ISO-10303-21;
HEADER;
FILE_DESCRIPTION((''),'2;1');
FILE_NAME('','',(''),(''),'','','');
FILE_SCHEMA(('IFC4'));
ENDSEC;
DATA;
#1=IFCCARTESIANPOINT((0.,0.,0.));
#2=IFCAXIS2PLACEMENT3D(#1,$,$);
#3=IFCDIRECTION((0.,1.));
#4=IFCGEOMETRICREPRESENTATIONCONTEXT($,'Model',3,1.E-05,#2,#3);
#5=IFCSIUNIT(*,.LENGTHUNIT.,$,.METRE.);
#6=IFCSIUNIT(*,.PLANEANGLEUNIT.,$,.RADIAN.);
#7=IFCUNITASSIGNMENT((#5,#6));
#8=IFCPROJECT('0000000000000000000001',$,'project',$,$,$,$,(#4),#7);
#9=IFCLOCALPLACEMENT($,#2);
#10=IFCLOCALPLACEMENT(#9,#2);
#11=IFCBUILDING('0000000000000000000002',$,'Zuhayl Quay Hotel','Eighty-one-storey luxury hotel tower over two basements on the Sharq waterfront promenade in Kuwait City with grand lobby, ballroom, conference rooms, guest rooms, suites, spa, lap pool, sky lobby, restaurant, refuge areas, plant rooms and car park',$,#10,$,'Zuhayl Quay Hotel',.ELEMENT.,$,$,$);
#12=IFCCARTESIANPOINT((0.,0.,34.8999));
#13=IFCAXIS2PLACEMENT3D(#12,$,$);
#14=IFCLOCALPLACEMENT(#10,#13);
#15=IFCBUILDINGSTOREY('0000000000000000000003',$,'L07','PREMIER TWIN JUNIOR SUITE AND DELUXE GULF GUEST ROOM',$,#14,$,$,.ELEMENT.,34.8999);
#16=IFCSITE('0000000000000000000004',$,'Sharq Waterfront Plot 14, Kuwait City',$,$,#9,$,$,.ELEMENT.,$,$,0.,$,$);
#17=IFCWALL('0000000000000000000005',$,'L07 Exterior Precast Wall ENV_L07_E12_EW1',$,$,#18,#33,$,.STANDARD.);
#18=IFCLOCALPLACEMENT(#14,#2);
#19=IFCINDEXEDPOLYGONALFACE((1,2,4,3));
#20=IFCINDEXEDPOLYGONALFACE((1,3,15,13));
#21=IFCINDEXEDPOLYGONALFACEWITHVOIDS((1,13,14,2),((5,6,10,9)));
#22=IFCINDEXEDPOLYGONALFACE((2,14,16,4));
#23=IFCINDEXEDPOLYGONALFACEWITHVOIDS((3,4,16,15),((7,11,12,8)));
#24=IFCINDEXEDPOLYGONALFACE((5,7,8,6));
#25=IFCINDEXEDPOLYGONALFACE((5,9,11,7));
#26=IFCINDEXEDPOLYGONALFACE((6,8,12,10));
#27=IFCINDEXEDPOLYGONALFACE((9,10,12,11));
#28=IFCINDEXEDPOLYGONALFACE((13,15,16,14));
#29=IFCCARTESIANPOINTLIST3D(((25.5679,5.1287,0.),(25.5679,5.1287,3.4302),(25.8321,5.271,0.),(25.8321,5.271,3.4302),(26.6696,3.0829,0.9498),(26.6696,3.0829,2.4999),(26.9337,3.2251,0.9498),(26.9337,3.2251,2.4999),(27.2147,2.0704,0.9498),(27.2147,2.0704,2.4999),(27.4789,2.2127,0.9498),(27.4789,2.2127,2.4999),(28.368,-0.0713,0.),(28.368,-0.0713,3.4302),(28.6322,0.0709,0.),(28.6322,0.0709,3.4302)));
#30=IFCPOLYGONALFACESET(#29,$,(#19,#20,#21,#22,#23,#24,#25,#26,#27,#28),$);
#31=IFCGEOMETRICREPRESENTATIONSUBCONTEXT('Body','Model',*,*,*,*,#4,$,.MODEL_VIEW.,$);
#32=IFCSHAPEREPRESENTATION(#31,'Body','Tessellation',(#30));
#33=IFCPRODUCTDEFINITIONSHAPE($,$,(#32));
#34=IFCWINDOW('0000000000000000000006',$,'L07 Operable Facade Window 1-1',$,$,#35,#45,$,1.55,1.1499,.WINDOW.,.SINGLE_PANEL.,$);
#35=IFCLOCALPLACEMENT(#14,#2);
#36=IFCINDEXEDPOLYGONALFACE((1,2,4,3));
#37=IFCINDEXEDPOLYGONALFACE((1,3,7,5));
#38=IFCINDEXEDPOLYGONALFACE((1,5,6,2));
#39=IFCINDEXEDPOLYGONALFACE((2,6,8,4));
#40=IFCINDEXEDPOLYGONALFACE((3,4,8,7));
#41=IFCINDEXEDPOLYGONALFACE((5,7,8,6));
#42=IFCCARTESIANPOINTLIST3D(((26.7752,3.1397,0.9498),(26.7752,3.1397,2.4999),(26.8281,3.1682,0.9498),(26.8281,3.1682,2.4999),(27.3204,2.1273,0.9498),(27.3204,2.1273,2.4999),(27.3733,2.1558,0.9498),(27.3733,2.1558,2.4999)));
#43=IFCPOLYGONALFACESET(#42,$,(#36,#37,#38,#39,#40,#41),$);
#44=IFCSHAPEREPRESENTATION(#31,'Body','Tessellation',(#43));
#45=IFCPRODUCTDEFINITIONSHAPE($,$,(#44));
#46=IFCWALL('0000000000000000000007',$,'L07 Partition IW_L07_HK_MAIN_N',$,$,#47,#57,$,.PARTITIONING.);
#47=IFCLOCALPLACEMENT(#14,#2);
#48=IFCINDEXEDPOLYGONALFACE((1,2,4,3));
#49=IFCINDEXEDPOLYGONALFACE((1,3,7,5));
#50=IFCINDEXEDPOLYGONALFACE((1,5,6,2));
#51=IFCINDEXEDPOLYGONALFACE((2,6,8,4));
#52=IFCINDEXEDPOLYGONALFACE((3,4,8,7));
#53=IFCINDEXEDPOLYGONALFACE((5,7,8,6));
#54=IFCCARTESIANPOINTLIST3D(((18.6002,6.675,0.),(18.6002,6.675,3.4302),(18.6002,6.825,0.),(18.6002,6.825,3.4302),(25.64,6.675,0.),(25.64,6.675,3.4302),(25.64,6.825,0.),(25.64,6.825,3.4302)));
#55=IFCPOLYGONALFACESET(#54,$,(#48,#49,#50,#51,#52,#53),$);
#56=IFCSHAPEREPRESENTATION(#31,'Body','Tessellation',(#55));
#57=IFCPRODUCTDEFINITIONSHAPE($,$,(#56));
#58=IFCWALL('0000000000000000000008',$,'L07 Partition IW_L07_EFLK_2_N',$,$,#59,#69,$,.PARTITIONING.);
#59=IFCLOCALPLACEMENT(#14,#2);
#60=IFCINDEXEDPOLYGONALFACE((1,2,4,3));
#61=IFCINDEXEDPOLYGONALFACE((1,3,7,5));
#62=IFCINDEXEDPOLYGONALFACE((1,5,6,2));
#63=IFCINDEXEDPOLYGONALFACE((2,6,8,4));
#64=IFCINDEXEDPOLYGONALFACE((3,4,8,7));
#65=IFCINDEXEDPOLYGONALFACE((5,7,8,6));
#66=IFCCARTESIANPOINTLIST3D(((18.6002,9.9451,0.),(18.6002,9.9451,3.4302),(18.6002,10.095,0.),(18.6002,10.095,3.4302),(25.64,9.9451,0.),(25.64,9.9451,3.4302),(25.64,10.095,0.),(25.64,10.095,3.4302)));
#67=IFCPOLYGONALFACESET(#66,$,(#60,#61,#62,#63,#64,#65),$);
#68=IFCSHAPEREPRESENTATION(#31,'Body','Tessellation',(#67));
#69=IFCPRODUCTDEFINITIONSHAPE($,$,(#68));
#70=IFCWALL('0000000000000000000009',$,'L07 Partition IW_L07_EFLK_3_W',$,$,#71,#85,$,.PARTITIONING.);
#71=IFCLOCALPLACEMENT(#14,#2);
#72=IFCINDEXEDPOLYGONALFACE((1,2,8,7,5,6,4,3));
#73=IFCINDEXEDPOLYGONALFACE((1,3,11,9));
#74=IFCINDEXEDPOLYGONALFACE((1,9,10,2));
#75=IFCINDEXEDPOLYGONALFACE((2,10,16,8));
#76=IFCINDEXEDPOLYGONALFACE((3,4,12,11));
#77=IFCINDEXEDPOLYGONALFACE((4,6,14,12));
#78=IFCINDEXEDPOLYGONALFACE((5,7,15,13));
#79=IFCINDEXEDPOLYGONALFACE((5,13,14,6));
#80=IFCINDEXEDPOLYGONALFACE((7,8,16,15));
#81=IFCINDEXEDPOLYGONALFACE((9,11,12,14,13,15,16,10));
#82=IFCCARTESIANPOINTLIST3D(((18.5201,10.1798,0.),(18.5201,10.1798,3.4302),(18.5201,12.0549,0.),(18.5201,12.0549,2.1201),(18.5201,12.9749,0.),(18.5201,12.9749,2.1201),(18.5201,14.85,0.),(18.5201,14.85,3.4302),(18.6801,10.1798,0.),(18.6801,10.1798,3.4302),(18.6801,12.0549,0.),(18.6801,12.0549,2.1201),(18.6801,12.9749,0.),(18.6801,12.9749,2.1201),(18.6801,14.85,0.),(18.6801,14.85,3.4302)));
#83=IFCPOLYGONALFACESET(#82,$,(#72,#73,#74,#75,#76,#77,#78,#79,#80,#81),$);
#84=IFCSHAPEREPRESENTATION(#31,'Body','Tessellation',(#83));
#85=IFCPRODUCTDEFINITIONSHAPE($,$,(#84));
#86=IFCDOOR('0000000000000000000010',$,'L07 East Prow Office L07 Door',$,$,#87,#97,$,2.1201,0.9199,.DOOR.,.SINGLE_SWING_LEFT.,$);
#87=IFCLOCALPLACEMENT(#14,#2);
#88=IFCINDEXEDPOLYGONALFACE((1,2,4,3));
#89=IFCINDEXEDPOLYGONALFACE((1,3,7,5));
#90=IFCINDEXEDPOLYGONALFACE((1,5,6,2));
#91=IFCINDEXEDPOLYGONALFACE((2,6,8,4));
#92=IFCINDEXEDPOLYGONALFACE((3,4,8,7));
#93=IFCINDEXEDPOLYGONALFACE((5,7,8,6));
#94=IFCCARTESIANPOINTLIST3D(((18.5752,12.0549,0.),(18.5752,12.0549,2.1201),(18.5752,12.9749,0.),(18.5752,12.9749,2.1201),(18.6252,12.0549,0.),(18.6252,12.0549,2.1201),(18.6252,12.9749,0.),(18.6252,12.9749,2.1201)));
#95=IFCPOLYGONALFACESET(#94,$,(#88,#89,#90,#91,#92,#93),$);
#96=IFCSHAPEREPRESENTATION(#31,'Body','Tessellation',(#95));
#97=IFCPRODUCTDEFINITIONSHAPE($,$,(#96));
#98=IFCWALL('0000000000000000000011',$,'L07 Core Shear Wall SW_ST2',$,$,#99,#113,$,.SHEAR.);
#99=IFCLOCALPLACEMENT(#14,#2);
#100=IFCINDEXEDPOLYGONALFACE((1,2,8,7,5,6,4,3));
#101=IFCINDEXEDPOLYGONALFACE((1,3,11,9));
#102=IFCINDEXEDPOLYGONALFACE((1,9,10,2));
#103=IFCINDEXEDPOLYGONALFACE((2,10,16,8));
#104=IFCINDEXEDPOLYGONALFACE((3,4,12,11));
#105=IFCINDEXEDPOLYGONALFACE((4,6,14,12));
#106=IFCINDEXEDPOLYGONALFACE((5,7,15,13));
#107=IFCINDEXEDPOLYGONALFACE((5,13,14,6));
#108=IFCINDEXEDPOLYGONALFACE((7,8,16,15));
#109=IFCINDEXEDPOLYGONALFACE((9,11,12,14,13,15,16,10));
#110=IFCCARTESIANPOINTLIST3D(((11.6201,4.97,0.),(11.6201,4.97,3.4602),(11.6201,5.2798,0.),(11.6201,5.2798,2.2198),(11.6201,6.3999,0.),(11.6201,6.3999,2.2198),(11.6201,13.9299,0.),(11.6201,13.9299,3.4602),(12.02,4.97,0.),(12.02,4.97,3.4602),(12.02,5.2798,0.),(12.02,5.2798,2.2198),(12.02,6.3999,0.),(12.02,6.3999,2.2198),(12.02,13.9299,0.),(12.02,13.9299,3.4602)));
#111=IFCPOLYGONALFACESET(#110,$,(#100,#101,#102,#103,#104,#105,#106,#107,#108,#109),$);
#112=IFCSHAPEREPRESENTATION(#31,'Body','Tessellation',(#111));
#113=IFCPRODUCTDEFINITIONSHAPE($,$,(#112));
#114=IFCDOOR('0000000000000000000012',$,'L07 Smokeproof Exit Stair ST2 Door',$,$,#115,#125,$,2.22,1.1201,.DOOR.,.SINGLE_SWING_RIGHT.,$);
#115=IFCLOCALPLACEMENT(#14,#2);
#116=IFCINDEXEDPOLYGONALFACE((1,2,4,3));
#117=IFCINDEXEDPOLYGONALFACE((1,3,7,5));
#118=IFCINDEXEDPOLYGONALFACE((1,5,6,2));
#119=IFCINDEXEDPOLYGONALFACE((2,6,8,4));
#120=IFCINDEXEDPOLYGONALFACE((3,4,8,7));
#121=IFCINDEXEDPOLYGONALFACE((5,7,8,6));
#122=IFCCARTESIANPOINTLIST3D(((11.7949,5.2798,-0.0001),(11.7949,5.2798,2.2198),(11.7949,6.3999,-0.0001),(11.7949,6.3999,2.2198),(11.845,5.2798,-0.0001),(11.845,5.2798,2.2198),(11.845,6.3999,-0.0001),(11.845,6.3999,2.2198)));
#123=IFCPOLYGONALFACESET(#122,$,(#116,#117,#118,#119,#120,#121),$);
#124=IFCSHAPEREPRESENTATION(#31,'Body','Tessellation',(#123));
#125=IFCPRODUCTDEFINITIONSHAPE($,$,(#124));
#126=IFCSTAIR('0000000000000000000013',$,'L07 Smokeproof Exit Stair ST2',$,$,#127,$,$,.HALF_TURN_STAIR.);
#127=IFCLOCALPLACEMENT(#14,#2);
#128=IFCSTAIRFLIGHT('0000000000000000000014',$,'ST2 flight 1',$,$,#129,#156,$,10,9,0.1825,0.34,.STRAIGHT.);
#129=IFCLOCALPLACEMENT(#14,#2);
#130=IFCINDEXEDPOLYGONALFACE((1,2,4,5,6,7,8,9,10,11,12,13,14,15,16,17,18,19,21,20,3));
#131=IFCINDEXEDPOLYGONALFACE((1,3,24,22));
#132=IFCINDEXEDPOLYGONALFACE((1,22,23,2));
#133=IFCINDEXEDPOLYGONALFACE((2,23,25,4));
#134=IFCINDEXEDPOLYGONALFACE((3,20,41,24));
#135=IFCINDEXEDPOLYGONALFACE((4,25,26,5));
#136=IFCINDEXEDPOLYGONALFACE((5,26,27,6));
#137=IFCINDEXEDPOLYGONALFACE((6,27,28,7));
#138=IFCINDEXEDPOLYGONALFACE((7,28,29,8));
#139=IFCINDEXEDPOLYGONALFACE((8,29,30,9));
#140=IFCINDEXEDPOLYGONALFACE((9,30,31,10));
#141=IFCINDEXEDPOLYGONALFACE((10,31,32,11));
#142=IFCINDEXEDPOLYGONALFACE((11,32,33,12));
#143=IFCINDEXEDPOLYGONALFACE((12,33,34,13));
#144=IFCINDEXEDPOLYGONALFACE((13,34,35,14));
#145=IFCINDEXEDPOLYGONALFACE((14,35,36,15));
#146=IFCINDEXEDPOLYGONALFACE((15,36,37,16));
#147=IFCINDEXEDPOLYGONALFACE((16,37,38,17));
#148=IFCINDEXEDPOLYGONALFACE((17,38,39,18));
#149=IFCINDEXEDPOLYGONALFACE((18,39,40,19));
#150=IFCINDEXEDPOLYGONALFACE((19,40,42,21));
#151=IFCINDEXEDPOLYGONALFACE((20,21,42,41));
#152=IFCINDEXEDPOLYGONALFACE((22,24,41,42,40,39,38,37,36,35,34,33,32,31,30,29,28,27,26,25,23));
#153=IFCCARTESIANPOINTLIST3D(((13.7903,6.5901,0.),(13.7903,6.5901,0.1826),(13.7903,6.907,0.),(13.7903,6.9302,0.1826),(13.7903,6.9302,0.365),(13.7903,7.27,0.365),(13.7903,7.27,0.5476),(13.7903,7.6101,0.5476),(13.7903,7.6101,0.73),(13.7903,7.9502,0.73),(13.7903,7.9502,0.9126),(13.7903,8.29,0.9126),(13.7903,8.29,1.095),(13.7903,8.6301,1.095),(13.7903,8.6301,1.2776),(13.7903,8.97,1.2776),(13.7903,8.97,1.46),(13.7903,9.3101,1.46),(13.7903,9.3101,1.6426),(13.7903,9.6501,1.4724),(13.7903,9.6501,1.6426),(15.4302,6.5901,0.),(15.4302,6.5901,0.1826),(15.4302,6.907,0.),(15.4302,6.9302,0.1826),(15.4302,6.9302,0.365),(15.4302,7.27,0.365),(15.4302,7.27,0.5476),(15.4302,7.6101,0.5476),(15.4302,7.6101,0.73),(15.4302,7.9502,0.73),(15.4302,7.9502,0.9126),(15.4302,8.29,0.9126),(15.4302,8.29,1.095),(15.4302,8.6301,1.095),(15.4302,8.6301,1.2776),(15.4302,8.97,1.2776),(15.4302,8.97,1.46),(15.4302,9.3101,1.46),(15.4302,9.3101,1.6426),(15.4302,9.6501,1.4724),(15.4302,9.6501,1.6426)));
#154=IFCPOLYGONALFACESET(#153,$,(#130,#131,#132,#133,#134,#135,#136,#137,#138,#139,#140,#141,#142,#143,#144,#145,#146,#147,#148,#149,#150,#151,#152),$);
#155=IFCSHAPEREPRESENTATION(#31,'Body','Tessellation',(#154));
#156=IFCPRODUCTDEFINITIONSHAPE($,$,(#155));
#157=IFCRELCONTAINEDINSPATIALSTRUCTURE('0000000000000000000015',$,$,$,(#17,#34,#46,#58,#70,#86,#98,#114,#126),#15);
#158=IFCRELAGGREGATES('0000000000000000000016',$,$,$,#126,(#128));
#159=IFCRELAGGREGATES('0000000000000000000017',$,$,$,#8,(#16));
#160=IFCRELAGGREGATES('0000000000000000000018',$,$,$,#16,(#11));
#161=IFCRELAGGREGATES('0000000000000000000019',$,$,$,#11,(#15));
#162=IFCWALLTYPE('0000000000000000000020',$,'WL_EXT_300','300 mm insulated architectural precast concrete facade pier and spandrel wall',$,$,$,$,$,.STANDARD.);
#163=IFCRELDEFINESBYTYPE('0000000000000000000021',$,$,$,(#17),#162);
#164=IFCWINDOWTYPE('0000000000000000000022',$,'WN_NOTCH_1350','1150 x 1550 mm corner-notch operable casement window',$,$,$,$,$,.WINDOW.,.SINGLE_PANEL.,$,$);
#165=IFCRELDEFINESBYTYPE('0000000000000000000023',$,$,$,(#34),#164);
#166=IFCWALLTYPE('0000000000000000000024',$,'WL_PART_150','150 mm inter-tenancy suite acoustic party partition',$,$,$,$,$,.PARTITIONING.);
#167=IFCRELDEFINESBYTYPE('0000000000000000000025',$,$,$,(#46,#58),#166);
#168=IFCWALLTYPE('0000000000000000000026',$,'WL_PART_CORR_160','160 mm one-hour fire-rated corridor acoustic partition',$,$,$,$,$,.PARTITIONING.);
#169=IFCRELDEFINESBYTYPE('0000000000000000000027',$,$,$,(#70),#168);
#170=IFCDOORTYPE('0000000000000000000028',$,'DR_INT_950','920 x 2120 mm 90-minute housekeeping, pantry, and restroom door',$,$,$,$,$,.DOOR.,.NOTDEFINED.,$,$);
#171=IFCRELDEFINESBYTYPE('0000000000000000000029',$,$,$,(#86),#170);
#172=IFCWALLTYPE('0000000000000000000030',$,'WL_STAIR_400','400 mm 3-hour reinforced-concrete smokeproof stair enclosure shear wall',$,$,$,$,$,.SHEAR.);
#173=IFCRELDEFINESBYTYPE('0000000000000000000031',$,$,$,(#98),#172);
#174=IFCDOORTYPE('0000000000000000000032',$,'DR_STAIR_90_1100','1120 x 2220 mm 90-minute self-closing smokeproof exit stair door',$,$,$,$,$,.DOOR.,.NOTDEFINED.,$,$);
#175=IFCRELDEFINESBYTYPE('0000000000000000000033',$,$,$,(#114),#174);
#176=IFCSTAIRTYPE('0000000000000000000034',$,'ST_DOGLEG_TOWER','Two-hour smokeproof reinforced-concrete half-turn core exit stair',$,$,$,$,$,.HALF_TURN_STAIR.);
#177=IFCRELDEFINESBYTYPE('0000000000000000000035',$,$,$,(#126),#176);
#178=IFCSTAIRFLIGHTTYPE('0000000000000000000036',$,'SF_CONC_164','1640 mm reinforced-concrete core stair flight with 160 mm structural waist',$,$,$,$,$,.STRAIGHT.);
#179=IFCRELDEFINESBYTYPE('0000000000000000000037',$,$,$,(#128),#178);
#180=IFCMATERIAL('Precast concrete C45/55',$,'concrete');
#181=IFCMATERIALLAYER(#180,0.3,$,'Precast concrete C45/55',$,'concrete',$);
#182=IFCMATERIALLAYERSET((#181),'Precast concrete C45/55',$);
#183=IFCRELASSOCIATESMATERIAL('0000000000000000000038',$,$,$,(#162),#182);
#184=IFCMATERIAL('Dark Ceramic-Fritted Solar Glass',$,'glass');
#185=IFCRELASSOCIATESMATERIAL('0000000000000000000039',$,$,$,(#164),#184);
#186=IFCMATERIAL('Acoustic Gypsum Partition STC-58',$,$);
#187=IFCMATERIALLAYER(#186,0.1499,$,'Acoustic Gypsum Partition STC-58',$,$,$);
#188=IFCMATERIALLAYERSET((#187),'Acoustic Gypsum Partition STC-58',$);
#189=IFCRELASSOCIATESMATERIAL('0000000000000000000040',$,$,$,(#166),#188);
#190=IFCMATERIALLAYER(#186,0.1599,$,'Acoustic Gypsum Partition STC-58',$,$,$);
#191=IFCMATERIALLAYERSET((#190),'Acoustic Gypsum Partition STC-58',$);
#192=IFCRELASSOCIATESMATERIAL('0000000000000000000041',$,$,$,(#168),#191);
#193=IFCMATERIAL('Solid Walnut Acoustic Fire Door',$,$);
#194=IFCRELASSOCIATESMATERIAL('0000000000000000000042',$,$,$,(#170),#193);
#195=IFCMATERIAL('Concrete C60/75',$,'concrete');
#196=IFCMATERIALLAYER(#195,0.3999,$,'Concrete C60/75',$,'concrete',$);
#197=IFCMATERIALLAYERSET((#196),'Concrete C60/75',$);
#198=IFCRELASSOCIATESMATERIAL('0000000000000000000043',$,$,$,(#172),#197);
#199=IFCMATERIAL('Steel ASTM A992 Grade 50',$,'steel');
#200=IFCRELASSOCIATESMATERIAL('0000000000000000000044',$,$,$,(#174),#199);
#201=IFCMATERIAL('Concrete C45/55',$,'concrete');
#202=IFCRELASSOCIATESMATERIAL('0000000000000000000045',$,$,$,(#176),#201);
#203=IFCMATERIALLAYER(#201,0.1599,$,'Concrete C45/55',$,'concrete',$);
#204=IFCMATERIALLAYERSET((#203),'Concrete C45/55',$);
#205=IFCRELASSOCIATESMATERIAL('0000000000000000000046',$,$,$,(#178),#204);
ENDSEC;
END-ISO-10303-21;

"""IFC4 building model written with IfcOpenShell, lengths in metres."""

from ifc_helpers import new_model, si_unit, direction, frame, frame_2d, origin, place, context, subcontext, project, spatial, polyline, rectangle, outline, extrude, material, layer, layer_set, type_object, element, fill, aggregate, save


model = new_model("IFC4")

# Units and contexts
model_context = context("Model", 3, precision=1e-05, world=origin(), true_north=direction((0.0, 1.0)))
body_context = subcontext(model_context, "Body", "Model", "MODEL_VIEW")
ifc_project = project(units=[si_unit("LENGTHUNIT", "METRE"), si_unit("PLANEANGLEUNIT", "RADIAN")], contexts=[model_context])

# Site, building, storey
site_placement = place(None, origin())
site = spatial("IfcSite", under=ifc_project, at=site_placement, Name="Sharq Waterfront Plot 14, Kuwait City", CompositionType="ELEMENT", RefElevation=0.0)
building_placement = place(site_placement, origin())
building = spatial("IfcBuilding", under=site, at=building_placement, Name="Zuhayl Quay Hotel", Description="Eighty-one-storey luxury hotel tower over two basements on the Sharq waterfront promenade in Kuwait City with grand lobby, ballroom, conference rooms, guest rooms, suites, spa, lap pool, sky lobby, restaurant, refuge areas, plant rooms and car park", LongName="Zuhayl Quay Hotel", CompositionType="ELEMENT")
storey_placement = place(building_placement, frame((0.0, 0.0, 34.8999)))
storey = spatial("IfcBuildingStorey", under=building, at=storey_placement, Name="L07", Description="PREMIER TWIN JUNIOR SUITE AND DELUXE GULF GUEST ROOM", CompositionType="ELEMENT", Elevation=34.8999)

# Shared definitions
ifc_material_1 = material(Name="Dark Ceramic-Fritted Solar Glass", Category="glass")

# Shared definitions
ifc_material_2 = material(Name="Precast concrete C45/55", Category="concrete")
ifc_layer_1 = layer(ifc_material_2, 0.3, Name="Precast concrete C45/55", Category="concrete")
ifc_layer_set_1 = layer_set([ifc_layer_1], Name="Precast concrete C45/55")
wall_type_1 = type_object("IfcWallType", Name="WL_EXT_300", Description="300 mm insulated architectural precast concrete facade pier and spandrel wall", PredefinedType="STANDARD", material=ifc_layer_set_1)

# Wall, opening, window
wall_1_placement = place(storey_placement, frame((25.7, 5.2, 0.0), z_axis=(0.0, 0.0, 1.0), x_axis=(0.47411, -0.880466, 0.0)))
wall_1 = element("IfcWall", 1, at=wall_1_placement, inside=storey, type_object=wall_type_1, Name="L07 Exterior Precast Wall ENV_L07_E12_EW1", PredefinedType="STANDARD", context=body_context, shape_type="SweptSolid", body=[
    extrude(rectangle(XDim=5.906, YDim=0.3, at=frame_2d((2.9531, 0.0))), origin(), (0.0, 0.0, 1.0), 3.4302),
])
opening_1_placement = place(wall_1_placement, frame((2.3237, 0.0, 0.95)))
opening_1 = element("IfcOpeningElement", 2, at=opening_1_placement, cuts=wall_1, PredefinedType="OPENING", context=body_context, shape_type="SweptSolid", body=[
    extrude(rectangle(XDim=1.1499, YDim=1.55, at=frame_2d((0.575, 0.7749))), frame((0.0, 0.1599, 0.0), z_axis=(0.0, -1.0, 0.0), x_axis=(1.0, 0.0, 0.0)), (0.0, 0.0, 1.0), 0.3201),
])
window_type = type_object("IfcWindowType", Name="WN_NOTCH_1350", Description="1150 x 1550 mm corner-notch operable casement window", PartitioningType="SINGLE_PANEL", PredefinedType="WINDOW", material=ifc_material_1)
window_placement = place(opening_1_placement, origin())
window = element("IfcWindow", 3, at=window_placement, inside=storey, type_object=window_type, Name="L07 Operable Facade Window 1-1", OverallHeight=1.55, OverallWidth=1.1499, PartitioningType="SINGLE_PANEL", PredefinedType="WINDOW", context=body_context, shape_type="SweptSolid", body=[
    extrude(rectangle(XDim=1.1499, YDim=1.55, at=frame_2d((0.575, 0.7749))), frame((0.0, 0.03, 0.0), z_axis=(0.0, -1.0, 0.0), x_axis=(1.0, 0.0, 0.0)), (0.0, 0.0, 1.0), 0.0601),
])
fill(opening_1, window)

# Walls
ifc_material_3 = material(Name="Acoustic Gypsum Partition STC-58")
ifc_layer_2 = layer(ifc_material_3, 0.1499, Name="Acoustic Gypsum Partition STC-58")
ifc_layer_set_2 = layer_set([ifc_layer_2], Name="Acoustic Gypsum Partition STC-58")
wall_type_2 = type_object("IfcWallType", Name="WL_PART_150", Description="150 mm inter-tenancy suite acoustic party partition", PredefinedType="PARTITIONING", material=ifc_layer_set_2)
for number, where, z_axis, x_axis, name in (
    (4, (18.6001, 6.75, 0.0), (0.0, 0.0, 1.0), (1.0, 0.0, 0.0), "L07 Partition IW_L07_HK_MAIN_N"),
    (5, (18.6001, 10.02, 0.0), (0.0, 0.0, 1.0), (1.0, 0.0, 0.0), "L07 Partition IW_L07_EFLK_2_N"),
):
    element("IfcWall", number, at=place(storey_placement, frame(where, z_axis=z_axis, x_axis=x_axis)), inside=storey, type_object=wall_type_2, Name=name, PredefinedType="PARTITIONING", context=body_context, shape_type="SweptSolid", body=[
        extrude(rectangle(XDim=7.0398, YDim=0.1499, at=frame_2d((3.52, 0.0))), origin(), (0.0, 0.0, 1.0), 3.4302),
    ])

# Walls, openings, doors
ifc_layer_3 = layer(ifc_material_3, 0.1599, Name="Acoustic Gypsum Partition STC-58")
ifc_layer_set_3 = layer_set([ifc_layer_3], Name="Acoustic Gypsum Partition STC-58")
wall_type_3 = type_object("IfcWallType", Name="WL_PART_CORR_160", Description="160 mm one-hour fire-rated corridor acoustic partition", PredefinedType="PARTITIONING", material=ifc_layer_set_3)
ifc_material_4 = material(Name="Solid Walnut Acoustic Fire Door")
door_type_1 = type_object("IfcDoorType", Name="DR_INT_950", Description="920 x 2120 mm 90-minute housekeeping, pantry, and restroom door", OperationType="NOTDEFINED", PredefinedType="DOOR", material=ifc_material_4)
wall_2_placement = place(storey_placement, frame((18.6001, 10.1799, 0.0), z_axis=(0.0, 0.0, 1.0), x_axis=(0.0, 1.0, 0.0)))
wall_2 = element("IfcWall", 6, at=wall_2_placement, inside=storey, type_object=wall_type_3, Name="L07 Partition IW_L07_EFLK_3_W", PredefinedType="PARTITIONING", context=body_context, shape_type="SweptSolid", body=[
    extrude(rectangle(XDim=4.6702, YDim=0.1599, at=frame_2d((2.335, 0.0))), origin(), (0.0, 0.0, 1.0), 3.4302),
])
opening_2_placement = place(wall_2_placement, frame((1.875, 0.0, 0.0)))
opening_2 = element("IfcOpeningElement", 7, at=opening_2_placement, cuts=wall_2, PredefinedType="OPENING", context=body_context, shape_type="SweptSolid", body=[
    extrude(rectangle(XDim=0.9199, YDim=2.1201, at=frame_2d((0.46, 1.0601))), frame((0.0, 0.0898, 0.0), z_axis=(0.0, -1.0, 0.0), x_axis=(1.0, 0.0, 0.0)), (0.0, 0.0, 1.0), 0.1799),
])
door_1_placement = place(opening_2_placement, origin())
door_1 = element("IfcDoor", 8, at=door_1_placement, inside=storey, type_object=door_type_1, Name="L07 East Prow Office L07 Door", OperationType="SINGLE_SWING_LEFT", OverallHeight=2.1201, OverallWidth=0.9199, PredefinedType="DOOR", context=body_context, shape_type="SweptSolid", body=[
    extrude(rectangle(XDim=0.9199, YDim=2.1201, at=frame_2d((0.46, 1.0601))), frame((0.0, 0.0249, 0.0), z_axis=(0.0, -1.0, 0.0), x_axis=(1.0, 0.0, 0.0)), (0.0, 0.0, 1.0), 0.05),
])
fill(opening_2, door_1)
ifc_material_5 = material(Name="Concrete C60/75", Category="concrete")
ifc_layer_4 = layer(ifc_material_5, 0.3999, Name="Concrete C60/75", Category="concrete")
ifc_layer_set_4 = layer_set([ifc_layer_4], Name="Concrete C60/75")
wall_type_4 = type_object("IfcWallType", Name="WL_STAIR_400", Description="400 mm 3-hour reinforced-concrete smokeproof stair enclosure shear wall", PredefinedType="SHEAR", material=ifc_layer_set_4)
wall_3_placement = place(storey_placement, frame((11.8201, 13.9299, 0.0), z_axis=(0.0, 0.0, 1.0), x_axis=(0.0, -1.0, 0.0)))
wall_3 = element("IfcWall", 9, at=wall_3_placement, inside=storey, type_object=wall_type_4, Name="L07 Core Shear Wall SW_ST2", PredefinedType="SHEAR", context=body_context, shape_type="SweptSolid", body=[
    extrude(rectangle(XDim=8.96, YDim=0.3999, at=frame_2d((4.48, 0.0))), origin(), (0.0, 0.0, 1.0), 3.4602),
])
opening_3_placement = place(wall_3_placement, frame((7.53, 0.0, 0.0)))
opening_3 = element("IfcOpeningElement", 10, at=opening_3_placement, cuts=wall_3, PredefinedType="OPENING", context=body_context, shape_type="SweptSolid", body=[
    extrude(rectangle(XDim=1.1201, YDim=2.22, at=frame_2d((0.5601, 1.1099))), frame((0.0, 0.21, 0.0), z_axis=(0.0, -1.0, 0.0), x_axis=(1.0, 0.0, 0.0)), (0.0, 0.0, 1.0), 0.4199),
])
ifc_material_6 = material(Name="Steel ASTM A992 Grade 50", Category="steel")
door_type_2 = type_object("IfcDoorType", Name="DR_STAIR_90_1100", Description="1120 x 2220 mm 90-minute self-closing smokeproof exit stair door", OperationType="NOTDEFINED", PredefinedType="DOOR", material=ifc_material_6)
door_2_placement = place(opening_3_placement, origin())
door_2 = element("IfcDoor", 11, at=door_2_placement, inside=storey, type_object=door_type_2, Name="L07 Smokeproof Exit Stair ST2 Door", OperationType="SINGLE_SWING_RIGHT", OverallHeight=2.22, OverallWidth=1.1201, PredefinedType="DOOR", context=body_context, shape_type="SweptSolid", body=[
    extrude(rectangle(XDim=1.1201, YDim=2.22, at=frame_2d((0.5601, 1.1099))), frame((0.0, 0.0249, 0.0), z_axis=(0.0, -1.0, 0.0), x_axis=(1.0, 0.0, 0.0)), (0.0, 0.0, 1.0), 0.05),
])
fill(opening_3, door_2)

# Stair, stair flight
ifc_material_7 = material(Name="Concrete C45/55", Category="concrete")
stair_type = type_object("IfcStairType", Name="ST_DOGLEG_TOWER", Description="Two-hour smokeproof reinforced-concrete half-turn core exit stair", PredefinedType="HALF_TURN_STAIR", material=ifc_material_7)
stair_placement = place(storey_placement, origin())
stair = element("IfcStair", 12, at=stair_placement, inside=storey, type_object=stair_type, Name="L07 Smokeproof Exit Stair ST2", PredefinedType="HALF_TURN_STAIR")
ifc_layer_5 = layer(ifc_material_7, 0.1599, Name="Concrete C45/55", Category="concrete")
ifc_layer_set_5 = layer_set([ifc_layer_5], Name="Concrete C45/55")
stair_flight_type = type_object("IfcStairFlightType", Name="SF_CONC_164", Description="1640 mm reinforced-concrete core stair flight with 160 mm structural waist", PredefinedType="STRAIGHT", material=ifc_layer_set_5)
stair_flight_1_placement = place(storey_placement, frame((14.6101, 6.5901, 0.0), z_axis=(0.0, 0.0, 1.0), x_axis=(0.0, 1.0, 0.0)))
stair_flight_1 = element("IfcStairFlight", 13, at=stair_flight_1_placement, type_object=stair_flight_type, Name="ST2 flight 1", NumberOfRisers=10, NumberOfTreads=9, PredefinedType="STRAIGHT", RiserHeight=0.1825, TreadLength=0.34, context=body_context, shape_type="SweptSolid", body=[
    extrude(outline(polyline([(0.0, 0.0), (0.0, 0.1826), (0.3401, 0.1826), (0.3401, 0.365), (0.6799, 0.365), (0.6799, 0.5476), (1.02, 0.5476), (1.02, 0.73), (1.3601, 0.73), (1.3601, 0.9126), (1.7, 0.9126), (1.7, 1.095), (2.04, 1.095), (2.04, 1.2776), (2.3799, 1.2776), (2.3799, 1.46), (2.72, 1.46), (2.72, 1.6426), (3.0601, 1.6426), (3.0601, 1.825), (3.0601, 1.4724), (0.3169, 0.0), (0.0, 0.0)])), frame((0.0, 0.8198, 0.0), z_axis=(0.0, -1.0, 0.0), x_axis=(1.0, 0.0, 0.0)), (0.0, 0.0, 1.0), 1.6399),
])
aggregate(stair, [stair_flight_1])

save(model, "model.ifc")
